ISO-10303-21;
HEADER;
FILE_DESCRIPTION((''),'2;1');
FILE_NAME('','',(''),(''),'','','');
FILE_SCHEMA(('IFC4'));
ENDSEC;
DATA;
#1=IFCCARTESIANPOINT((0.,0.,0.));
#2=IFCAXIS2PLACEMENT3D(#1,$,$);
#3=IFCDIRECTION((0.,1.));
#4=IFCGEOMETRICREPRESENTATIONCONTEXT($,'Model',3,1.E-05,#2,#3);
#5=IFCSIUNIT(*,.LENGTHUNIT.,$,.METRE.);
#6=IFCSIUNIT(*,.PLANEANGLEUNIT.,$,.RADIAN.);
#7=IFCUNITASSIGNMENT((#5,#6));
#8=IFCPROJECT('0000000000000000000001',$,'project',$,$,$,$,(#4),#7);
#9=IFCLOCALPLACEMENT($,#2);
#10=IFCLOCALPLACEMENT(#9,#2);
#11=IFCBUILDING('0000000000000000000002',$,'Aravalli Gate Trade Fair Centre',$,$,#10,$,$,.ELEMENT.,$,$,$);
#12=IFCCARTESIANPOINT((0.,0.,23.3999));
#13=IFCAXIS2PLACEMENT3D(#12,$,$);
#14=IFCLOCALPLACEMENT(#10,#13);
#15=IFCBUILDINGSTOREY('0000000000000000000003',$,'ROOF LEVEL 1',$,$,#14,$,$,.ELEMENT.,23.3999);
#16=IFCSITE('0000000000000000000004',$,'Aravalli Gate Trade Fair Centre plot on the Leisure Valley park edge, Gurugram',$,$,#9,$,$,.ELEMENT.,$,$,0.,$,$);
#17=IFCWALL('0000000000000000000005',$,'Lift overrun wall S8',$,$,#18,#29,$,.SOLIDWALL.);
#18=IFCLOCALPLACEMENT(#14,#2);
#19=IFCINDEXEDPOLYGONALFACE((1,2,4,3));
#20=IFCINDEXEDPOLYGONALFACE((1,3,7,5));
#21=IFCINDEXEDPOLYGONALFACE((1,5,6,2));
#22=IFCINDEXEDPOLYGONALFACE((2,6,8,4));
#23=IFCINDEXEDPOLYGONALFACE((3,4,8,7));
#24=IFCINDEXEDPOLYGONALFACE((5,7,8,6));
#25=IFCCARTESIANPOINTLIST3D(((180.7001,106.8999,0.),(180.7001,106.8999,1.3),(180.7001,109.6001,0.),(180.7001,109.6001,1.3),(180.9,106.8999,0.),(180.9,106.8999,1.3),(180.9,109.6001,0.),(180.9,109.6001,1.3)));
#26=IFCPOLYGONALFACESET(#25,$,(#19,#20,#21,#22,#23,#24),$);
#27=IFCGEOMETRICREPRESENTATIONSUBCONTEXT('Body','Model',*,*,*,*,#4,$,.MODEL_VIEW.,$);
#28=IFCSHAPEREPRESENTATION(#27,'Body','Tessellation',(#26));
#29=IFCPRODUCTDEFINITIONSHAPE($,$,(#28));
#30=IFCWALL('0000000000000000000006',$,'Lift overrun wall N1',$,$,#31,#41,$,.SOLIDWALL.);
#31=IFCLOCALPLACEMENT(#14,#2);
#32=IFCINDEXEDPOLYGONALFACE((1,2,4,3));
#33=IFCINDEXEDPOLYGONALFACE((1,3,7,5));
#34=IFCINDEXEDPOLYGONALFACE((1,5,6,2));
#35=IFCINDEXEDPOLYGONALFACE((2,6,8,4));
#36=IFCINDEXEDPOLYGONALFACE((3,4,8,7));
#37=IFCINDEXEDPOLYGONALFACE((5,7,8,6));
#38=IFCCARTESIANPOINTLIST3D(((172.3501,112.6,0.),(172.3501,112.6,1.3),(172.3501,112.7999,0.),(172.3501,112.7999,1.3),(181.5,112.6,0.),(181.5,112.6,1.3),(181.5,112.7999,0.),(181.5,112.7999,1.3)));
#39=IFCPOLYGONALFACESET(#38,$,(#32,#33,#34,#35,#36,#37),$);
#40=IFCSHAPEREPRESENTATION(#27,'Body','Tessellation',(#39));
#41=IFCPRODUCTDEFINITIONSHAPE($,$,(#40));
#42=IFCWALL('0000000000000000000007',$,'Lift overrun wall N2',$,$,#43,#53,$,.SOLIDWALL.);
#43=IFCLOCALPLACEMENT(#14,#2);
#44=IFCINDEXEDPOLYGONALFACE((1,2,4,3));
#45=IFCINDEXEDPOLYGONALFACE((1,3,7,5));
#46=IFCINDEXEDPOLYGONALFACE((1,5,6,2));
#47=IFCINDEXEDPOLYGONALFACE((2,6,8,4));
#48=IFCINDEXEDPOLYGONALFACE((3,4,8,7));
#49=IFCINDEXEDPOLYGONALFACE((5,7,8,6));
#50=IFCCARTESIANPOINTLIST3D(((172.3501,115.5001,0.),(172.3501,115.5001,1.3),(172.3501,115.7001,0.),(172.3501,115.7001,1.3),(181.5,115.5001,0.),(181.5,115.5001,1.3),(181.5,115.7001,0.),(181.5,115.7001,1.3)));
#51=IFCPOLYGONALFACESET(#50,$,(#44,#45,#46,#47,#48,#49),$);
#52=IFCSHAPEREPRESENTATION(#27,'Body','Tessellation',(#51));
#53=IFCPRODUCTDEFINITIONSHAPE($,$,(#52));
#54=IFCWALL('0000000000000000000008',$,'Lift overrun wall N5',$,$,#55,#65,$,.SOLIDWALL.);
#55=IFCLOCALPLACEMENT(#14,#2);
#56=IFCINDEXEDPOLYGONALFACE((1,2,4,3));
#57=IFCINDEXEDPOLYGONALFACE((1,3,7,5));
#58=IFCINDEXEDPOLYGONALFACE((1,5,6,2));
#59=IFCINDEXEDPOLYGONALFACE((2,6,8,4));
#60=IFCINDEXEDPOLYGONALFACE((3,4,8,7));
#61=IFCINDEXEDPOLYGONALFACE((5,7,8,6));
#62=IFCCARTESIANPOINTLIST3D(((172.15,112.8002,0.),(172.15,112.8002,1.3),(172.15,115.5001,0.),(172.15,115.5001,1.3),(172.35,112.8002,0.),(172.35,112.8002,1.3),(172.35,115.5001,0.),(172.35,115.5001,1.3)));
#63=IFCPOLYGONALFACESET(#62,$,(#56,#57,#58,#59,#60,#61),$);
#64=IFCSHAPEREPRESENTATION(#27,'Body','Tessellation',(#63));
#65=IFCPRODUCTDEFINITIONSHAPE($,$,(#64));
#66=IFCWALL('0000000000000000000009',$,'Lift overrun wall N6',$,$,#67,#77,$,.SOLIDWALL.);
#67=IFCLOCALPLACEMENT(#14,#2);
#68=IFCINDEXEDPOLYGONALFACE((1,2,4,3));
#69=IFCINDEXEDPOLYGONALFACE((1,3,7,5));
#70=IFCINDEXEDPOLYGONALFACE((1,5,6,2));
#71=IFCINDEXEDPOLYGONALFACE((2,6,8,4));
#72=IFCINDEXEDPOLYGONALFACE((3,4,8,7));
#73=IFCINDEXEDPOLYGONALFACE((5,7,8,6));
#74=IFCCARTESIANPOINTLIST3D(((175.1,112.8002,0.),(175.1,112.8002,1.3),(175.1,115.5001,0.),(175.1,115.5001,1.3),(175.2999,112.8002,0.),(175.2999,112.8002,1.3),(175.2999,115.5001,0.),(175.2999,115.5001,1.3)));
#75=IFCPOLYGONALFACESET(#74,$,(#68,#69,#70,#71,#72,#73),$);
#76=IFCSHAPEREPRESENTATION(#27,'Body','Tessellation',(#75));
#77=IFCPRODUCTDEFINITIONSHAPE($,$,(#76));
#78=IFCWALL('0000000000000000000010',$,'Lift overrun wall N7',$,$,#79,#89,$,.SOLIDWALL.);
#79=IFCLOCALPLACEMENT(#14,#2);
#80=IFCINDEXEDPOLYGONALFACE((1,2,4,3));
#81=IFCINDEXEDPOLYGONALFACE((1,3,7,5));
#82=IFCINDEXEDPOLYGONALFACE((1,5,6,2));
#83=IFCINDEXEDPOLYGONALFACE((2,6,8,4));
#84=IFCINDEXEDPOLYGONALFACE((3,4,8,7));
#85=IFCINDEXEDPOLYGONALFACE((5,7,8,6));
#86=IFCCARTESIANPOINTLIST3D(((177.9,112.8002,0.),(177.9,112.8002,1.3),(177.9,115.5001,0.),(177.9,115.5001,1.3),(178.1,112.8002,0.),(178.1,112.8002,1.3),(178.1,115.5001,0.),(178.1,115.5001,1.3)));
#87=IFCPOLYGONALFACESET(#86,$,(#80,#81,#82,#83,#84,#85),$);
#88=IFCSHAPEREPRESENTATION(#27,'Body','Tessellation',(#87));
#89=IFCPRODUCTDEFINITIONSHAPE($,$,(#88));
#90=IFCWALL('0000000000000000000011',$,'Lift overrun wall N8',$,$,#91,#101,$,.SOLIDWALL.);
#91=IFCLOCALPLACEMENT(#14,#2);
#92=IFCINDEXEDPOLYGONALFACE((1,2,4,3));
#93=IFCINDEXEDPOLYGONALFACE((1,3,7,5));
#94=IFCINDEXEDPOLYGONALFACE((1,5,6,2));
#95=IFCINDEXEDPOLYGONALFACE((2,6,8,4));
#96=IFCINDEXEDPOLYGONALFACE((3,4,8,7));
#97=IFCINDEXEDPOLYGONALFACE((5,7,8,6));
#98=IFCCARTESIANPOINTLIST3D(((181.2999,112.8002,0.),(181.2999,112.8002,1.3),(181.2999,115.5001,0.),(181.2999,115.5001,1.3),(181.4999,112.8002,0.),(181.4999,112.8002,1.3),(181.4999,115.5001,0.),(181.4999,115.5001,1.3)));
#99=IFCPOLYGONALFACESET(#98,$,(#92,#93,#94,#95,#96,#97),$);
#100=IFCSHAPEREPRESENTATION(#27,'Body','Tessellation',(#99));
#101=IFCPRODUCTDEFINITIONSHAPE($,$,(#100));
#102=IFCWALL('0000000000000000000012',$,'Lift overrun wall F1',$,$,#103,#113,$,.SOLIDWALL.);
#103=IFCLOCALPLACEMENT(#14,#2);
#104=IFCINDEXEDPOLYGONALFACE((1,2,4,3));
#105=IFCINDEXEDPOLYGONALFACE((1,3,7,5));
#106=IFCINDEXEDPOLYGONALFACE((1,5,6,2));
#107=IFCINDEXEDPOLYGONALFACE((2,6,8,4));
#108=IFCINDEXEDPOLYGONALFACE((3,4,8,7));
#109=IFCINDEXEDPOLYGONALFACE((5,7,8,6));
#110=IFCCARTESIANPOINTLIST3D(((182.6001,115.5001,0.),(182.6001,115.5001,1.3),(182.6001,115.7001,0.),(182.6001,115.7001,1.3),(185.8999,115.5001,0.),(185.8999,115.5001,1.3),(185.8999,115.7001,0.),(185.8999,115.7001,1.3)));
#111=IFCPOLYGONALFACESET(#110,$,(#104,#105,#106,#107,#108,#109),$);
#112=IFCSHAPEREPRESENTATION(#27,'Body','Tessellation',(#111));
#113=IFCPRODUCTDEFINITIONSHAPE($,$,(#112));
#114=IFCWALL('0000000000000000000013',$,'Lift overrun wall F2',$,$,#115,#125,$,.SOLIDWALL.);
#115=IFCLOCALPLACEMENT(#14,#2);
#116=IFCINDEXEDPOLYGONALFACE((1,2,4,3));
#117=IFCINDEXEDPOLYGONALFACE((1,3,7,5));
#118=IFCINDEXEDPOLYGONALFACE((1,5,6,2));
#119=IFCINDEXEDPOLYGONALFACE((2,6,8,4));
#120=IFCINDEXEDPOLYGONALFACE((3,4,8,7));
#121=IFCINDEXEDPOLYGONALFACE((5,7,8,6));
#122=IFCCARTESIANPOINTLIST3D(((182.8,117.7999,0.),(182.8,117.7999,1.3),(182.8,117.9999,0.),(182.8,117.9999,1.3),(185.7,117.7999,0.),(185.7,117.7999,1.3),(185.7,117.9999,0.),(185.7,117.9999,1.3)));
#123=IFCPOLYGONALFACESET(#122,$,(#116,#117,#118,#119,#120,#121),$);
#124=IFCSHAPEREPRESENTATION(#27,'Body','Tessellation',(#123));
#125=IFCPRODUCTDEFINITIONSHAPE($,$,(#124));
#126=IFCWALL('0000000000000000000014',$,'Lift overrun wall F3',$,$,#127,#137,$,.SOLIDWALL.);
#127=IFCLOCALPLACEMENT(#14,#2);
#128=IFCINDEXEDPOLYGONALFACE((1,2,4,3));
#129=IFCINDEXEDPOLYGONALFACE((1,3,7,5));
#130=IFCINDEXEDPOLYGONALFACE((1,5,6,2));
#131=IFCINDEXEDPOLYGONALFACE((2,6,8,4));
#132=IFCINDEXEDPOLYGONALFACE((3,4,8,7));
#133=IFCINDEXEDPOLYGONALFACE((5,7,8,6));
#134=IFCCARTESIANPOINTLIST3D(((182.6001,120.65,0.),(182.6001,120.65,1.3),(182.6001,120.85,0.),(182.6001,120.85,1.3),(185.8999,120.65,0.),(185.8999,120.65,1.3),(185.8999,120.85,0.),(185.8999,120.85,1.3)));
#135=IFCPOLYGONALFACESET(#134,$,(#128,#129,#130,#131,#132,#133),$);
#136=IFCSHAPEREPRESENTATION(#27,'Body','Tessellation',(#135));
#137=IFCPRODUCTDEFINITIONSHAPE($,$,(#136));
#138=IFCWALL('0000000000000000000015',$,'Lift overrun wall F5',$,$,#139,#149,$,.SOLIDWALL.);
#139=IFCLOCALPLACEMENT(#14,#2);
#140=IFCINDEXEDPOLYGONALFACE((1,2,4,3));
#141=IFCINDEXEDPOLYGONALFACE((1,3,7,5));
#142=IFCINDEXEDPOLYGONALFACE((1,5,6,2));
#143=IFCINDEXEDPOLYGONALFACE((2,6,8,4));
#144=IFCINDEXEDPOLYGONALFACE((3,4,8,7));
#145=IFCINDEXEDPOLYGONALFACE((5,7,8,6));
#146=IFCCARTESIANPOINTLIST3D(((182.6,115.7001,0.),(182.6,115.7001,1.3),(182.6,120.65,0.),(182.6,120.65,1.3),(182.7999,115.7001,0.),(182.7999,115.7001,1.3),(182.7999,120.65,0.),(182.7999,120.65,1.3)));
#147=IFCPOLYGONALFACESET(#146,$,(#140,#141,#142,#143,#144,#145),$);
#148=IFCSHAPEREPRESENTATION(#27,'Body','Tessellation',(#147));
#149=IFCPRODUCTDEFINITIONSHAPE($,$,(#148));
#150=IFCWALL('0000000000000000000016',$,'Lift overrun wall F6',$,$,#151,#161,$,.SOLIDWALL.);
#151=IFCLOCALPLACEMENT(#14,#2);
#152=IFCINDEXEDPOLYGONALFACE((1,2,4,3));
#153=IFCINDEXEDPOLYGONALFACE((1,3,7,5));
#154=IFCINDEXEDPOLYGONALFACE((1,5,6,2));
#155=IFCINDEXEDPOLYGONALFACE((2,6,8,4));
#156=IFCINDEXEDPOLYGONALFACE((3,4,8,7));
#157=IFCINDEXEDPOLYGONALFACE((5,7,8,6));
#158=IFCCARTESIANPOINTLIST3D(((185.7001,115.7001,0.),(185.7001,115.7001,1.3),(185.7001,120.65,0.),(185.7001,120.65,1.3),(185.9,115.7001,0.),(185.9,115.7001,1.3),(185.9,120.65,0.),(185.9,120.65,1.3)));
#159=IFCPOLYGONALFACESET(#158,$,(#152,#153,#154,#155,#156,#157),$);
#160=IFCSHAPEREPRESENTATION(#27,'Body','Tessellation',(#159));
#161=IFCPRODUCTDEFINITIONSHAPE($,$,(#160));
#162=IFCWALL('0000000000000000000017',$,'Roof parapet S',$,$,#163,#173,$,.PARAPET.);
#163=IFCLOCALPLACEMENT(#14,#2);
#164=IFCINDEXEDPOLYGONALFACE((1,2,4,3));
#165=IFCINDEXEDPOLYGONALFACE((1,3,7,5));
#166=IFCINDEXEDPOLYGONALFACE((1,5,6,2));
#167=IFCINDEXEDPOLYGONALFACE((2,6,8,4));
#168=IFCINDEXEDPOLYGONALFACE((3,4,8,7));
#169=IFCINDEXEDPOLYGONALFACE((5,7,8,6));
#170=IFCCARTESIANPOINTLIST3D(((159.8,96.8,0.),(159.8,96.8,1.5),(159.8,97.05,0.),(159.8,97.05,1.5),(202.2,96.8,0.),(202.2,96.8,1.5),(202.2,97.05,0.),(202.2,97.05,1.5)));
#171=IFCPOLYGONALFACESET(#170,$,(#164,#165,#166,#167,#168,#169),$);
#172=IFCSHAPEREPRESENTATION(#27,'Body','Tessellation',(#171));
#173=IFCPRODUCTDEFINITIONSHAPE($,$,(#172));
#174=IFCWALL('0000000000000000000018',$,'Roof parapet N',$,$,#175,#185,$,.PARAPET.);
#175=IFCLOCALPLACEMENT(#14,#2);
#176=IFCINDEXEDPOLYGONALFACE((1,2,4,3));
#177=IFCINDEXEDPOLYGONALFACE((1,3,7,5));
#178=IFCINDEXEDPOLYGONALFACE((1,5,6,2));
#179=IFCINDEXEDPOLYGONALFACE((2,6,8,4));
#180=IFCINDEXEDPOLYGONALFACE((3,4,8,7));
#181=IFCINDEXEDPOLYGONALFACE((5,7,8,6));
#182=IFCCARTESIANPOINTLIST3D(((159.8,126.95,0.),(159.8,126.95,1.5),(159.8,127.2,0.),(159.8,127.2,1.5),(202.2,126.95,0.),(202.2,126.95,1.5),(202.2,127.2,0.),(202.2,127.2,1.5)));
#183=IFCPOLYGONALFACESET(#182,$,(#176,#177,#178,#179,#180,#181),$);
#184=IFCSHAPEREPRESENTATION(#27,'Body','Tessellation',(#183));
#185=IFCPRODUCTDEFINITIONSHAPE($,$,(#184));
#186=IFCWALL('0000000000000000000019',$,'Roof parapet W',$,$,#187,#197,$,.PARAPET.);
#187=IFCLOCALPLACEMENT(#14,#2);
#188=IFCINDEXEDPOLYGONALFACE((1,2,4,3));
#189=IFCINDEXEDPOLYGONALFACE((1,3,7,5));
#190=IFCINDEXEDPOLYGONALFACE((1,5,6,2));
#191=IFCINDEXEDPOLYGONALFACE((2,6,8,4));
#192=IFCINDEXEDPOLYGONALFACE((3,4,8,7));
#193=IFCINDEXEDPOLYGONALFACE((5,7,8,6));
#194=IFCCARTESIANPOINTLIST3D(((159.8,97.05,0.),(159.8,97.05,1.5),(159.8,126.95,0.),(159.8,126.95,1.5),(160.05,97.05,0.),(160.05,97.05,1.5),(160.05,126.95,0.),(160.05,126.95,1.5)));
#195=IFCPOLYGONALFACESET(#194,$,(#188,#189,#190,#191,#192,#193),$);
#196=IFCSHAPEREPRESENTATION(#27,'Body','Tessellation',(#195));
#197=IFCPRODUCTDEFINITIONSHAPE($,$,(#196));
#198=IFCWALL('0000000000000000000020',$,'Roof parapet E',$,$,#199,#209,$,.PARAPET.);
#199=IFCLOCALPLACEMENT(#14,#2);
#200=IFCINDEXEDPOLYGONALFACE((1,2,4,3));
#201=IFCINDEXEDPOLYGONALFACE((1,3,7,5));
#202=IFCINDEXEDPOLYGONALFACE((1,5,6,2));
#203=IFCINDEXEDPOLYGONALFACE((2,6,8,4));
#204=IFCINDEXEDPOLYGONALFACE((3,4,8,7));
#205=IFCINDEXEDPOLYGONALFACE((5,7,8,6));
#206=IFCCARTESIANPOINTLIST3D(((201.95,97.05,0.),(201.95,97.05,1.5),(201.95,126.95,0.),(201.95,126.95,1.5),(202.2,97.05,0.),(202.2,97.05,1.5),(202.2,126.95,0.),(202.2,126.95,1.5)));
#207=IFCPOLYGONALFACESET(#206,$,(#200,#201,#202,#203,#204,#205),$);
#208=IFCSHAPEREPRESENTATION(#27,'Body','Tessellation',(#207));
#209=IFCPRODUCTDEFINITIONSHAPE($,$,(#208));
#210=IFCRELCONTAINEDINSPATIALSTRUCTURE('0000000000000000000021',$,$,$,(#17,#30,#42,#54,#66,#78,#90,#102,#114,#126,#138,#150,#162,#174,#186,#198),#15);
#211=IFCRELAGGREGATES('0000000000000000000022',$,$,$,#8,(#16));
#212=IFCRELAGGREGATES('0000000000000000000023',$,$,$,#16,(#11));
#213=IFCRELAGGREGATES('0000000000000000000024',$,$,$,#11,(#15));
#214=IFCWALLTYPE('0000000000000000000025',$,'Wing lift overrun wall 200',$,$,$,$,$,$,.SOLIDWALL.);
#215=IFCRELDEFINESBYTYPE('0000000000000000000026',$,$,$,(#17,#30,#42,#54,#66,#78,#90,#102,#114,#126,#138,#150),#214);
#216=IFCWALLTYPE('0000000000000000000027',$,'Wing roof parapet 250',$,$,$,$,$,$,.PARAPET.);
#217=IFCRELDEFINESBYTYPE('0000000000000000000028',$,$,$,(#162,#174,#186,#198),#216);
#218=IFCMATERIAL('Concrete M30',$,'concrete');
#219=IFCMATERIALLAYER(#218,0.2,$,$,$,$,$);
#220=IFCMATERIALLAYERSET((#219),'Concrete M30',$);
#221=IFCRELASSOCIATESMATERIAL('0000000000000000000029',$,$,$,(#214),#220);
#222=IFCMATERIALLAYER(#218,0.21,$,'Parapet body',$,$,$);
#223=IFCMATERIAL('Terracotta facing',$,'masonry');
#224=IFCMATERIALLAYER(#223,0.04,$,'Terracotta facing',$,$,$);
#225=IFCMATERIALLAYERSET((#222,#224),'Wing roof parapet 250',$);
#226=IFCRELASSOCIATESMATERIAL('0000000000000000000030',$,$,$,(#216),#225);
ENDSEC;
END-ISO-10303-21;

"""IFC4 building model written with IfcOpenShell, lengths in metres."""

from ifc_helpers import new_model, si_unit, direction, frame, frame_2d, origin, place, context, subcontext, project, spatial, rectangle, extrude, material, layer, layer_set, type_object, element, save


model = new_model("IFC4")

# Units and contexts
model_context = context("Model", 3, precision=1e-05, world=origin(), true_north=direction((0.0, 1.0)))
body_context = subcontext(model_context, "Body", "Model", "MODEL_VIEW")
ifc_project = project(units=[si_unit("LENGTHUNIT", "METRE"), si_unit("PLANEANGLEUNIT", "RADIAN")], contexts=[model_context])

# Site, building, storey
site_placement = place(None, origin())
site = spatial("IfcSite", under=ifc_project, at=site_placement, Name="Aravalli Gate Trade Fair Centre plot on the Leisure Valley park edge, Gurugram", CompositionType="ELEMENT", RefElevation=0.0)
building_placement = place(site_placement, origin())
building = spatial("IfcBuilding", under=site, at=building_placement, Name="Aravalli Gate Trade Fair Centre", CompositionType="ELEMENT")
storey_placement = place(building_placement, frame((0.0, 0.0, 23.3999)))
storey = spatial("IfcBuildingStorey", under=building, at=storey_placement, Name="ROOF LEVEL 1", CompositionType="ELEMENT", Elevation=23.3999)

# Walls
ifc_material_1 = material(Name="Concrete M30", Category="concrete")
ifc_layer_1 = layer(ifc_material_1, 0.2)
ifc_layer_set_1 = layer_set([ifc_layer_1], Name="Concrete M30")
wall_type_1 = type_object("IfcWallType", Name="Wing lift overrun wall 200", PredefinedType="SOLIDWALL", material=ifc_layer_set_1)
for number, where, z_axis, x_axis, name in (
    (1, (180.8, 106.8999, 0.0), (0.0, 0.0, 1.0), (0.0, 1.0, 0.0), "Lift overrun wall S8"),
):
    element("IfcWall", number, at=place(storey_placement, frame(where, z_axis=z_axis, x_axis=x_axis)), inside=storey, type_object=wall_type_1, Name=name, PredefinedType="SOLIDWALL", context=body_context, shape_type="SweptSolid", body=[
        extrude(rectangle(XDim=2.7002, YDim=0.2, at=frame_2d((1.3501, 0.0))), origin(), (0.0, 0.0, 1.0), 1.3),
    ])
for number, where, z_axis, x_axis, name in (
    (2, (172.3501, 112.7, 0.0), (0.0, 0.0, 1.0), (1.0, 0.0, 0.0), "Lift overrun wall N1"),
    (3, (172.3501, 115.6001, 0.0), (0.0, 0.0, 1.0), (1.0, 0.0, 0.0), "Lift overrun wall N2"),
):
    element("IfcWall", number, at=place(storey_placement, frame(where, z_axis=z_axis, x_axis=x_axis)), inside=storey, type_object=wall_type_1, Name=name, PredefinedType="SOLIDWALL", context=body_context, shape_type="SweptSolid", body=[
        extrude(rectangle(XDim=9.1499, YDim=0.2, at=frame_2d((4.575, 0.0))), origin(), (0.0, 0.0, 1.0), 1.3),
    ])
for number, where, z_axis, x_axis, name in (
    (4, (172.25, 112.8, 0.0), (0.0, 0.0, 1.0), (0.0, 1.0, 0.0), "Lift overrun wall N5"),
    (5, (175.2, 112.8, 0.0), (0.0, 0.0, 1.0), (0.0, 1.0, 0.0), "Lift overrun wall N6"),
    (6, (178.0, 112.8, 0.0), (0.0, 0.0, 1.0), (0.0, 1.0, 0.0), "Lift overrun wall N7"),
    (7, (181.3999, 112.8, 0.0), (0.0, 0.0, 1.0), (0.0, 1.0, 0.0), "Lift overrun wall N8"),
):
    element("IfcWall", number, at=place(storey_placement, frame(where, z_axis=z_axis, x_axis=x_axis)), inside=storey, type_object=wall_type_1, Name=name, PredefinedType="SOLIDWALL", context=body_context, shape_type="SweptSolid", body=[
        extrude(rectangle(XDim=2.7, YDim=0.2, at=frame_2d((1.3501, 0.0))), origin(), (0.0, 0.0, 1.0), 1.3),
    ])
wall_1_placement = place(storey_placement, frame((182.6001, 115.6001, 0.0), z_axis=(0.0, 0.0, 1.0), x_axis=(1.0, 0.0, 0.0)))
element("IfcWall", 8, at=wall_1_placement, inside=storey, type_object=wall_type_1, Name="Lift overrun wall F1", PredefinedType="SOLIDWALL", context=body_context, shape_type="SweptSolid", body=[
    extrude(rectangle(XDim=3.2998, YDim=0.2, at=frame_2d((1.6499, 0.0))), origin(), (0.0, 0.0, 1.0), 1.3),
])
wall_2_placement = place(storey_placement, frame((182.8, 117.8999, 0.0), z_axis=(0.0, 0.0, 1.0), x_axis=(1.0, 0.0, 0.0)))
element("IfcWall", 9, at=wall_2_placement, inside=storey, type_object=wall_type_1, Name="Lift overrun wall F2", PredefinedType="SOLIDWALL", context=body_context, shape_type="SweptSolid", body=[
    extrude(rectangle(XDim=2.8999, YDim=0.2, at=frame_2d((1.45, 0.0))), origin(), (0.0, 0.0, 1.0), 1.3),
])
wall_3_placement = place(storey_placement, frame((182.6001, 120.75, 0.0), z_axis=(0.0, 0.0, 1.0), x_axis=(1.0, 0.0, 0.0)))
element("IfcWall", 10, at=wall_3_placement, inside=storey, type_object=wall_type_1, Name="Lift overrun wall F3", PredefinedType="SOLIDWALL", context=body_context, shape_type="SweptSolid", body=[
    extrude(rectangle(XDim=3.2998, YDim=0.2, at=frame_2d((1.6499, 0.0))), origin(), (0.0, 0.0, 1.0), 1.3),
])
for number, where, z_axis, x_axis, name in (
    (11, (182.7, 115.7, 0.0), (0.0, 0.0, 1.0), (0.0, 1.0, 0.0), "Lift overrun wall F5"),
    (12, (185.8, 115.7, 0.0), (0.0, 0.0, 1.0), (0.0, 1.0, 0.0), "Lift overrun wall F6"),
):
    element("IfcWall", number, at=place(storey_placement, frame(where, z_axis=z_axis, x_axis=x_axis)), inside=storey, type_object=wall_type_1, Name=name, PredefinedType="SOLIDWALL", context=body_context, shape_type="SweptSolid", body=[
        extrude(rectangle(XDim=4.95, YDim=0.2, at=frame_2d((2.4751, 0.0))), origin(), (0.0, 0.0, 1.0), 1.3),
    ])
ifc_layer_2 = layer(ifc_material_1, 0.21, Name="Parapet body")
ifc_material_2 = material(Name="Terracotta facing", Category="masonry")
ifc_layer_3 = layer(ifc_material_2, 0.04, Name="Terracotta facing")
ifc_layer_set_2 = layer_set([ifc_layer_2, ifc_layer_3], Name="Wing roof parapet 250")
wall_type_2 = type_object("IfcWallType", Name="Wing roof parapet 250", PredefinedType="PARAPET", material=ifc_layer_set_2)
for number, where, z_axis, x_axis, name in (
    (13, (159.8, 96.925, 0.0), (0.0, 0.0, 1.0), (1.0, 0.0, 0.0), "Roof parapet S"),
    (14, (159.8, 127.075, 0.0), (0.0, 0.0, 1.0), (1.0, 0.0, 0.0), "Roof parapet N"),
):
    element("IfcWall", number, at=place(storey_placement, frame(where, z_axis=z_axis, x_axis=x_axis)), inside=storey, type_object=wall_type_2, Name=name, PredefinedType="PARAPET", context=body_context, shape_type="SweptSolid", body=[
        extrude(rectangle(XDim=42.3999, YDim=0.25, at=frame_2d((21.2, 0.0))), origin(), (0.0, 0.0, 1.0), 1.5),
    ])
for number, where, z_axis, x_axis, name in (
    (15, (159.925, 97.05, 0.0), (0.0, 0.0, 1.0), (0.0, 1.0, 0.0), "Roof parapet W"),
    (16, (202.075, 97.05, 0.0), (0.0, 0.0, 1.0), (0.0, 1.0, 0.0), "Roof parapet E"),
):
    element("IfcWall", number, at=place(storey_placement, frame(where, z_axis=z_axis, x_axis=x_axis)), inside=storey, type_object=wall_type_2, Name=name, PredefinedType="PARAPET", context=body_context, shape_type="SweptSolid", body=[
        extrude(rectangle(XDim=29.8999, YDim=0.25, at=frame_2d((14.95, 0.0))), origin(), (0.0, 0.0, 1.0), 1.5),
    ])

save(model, "model.ifc")
